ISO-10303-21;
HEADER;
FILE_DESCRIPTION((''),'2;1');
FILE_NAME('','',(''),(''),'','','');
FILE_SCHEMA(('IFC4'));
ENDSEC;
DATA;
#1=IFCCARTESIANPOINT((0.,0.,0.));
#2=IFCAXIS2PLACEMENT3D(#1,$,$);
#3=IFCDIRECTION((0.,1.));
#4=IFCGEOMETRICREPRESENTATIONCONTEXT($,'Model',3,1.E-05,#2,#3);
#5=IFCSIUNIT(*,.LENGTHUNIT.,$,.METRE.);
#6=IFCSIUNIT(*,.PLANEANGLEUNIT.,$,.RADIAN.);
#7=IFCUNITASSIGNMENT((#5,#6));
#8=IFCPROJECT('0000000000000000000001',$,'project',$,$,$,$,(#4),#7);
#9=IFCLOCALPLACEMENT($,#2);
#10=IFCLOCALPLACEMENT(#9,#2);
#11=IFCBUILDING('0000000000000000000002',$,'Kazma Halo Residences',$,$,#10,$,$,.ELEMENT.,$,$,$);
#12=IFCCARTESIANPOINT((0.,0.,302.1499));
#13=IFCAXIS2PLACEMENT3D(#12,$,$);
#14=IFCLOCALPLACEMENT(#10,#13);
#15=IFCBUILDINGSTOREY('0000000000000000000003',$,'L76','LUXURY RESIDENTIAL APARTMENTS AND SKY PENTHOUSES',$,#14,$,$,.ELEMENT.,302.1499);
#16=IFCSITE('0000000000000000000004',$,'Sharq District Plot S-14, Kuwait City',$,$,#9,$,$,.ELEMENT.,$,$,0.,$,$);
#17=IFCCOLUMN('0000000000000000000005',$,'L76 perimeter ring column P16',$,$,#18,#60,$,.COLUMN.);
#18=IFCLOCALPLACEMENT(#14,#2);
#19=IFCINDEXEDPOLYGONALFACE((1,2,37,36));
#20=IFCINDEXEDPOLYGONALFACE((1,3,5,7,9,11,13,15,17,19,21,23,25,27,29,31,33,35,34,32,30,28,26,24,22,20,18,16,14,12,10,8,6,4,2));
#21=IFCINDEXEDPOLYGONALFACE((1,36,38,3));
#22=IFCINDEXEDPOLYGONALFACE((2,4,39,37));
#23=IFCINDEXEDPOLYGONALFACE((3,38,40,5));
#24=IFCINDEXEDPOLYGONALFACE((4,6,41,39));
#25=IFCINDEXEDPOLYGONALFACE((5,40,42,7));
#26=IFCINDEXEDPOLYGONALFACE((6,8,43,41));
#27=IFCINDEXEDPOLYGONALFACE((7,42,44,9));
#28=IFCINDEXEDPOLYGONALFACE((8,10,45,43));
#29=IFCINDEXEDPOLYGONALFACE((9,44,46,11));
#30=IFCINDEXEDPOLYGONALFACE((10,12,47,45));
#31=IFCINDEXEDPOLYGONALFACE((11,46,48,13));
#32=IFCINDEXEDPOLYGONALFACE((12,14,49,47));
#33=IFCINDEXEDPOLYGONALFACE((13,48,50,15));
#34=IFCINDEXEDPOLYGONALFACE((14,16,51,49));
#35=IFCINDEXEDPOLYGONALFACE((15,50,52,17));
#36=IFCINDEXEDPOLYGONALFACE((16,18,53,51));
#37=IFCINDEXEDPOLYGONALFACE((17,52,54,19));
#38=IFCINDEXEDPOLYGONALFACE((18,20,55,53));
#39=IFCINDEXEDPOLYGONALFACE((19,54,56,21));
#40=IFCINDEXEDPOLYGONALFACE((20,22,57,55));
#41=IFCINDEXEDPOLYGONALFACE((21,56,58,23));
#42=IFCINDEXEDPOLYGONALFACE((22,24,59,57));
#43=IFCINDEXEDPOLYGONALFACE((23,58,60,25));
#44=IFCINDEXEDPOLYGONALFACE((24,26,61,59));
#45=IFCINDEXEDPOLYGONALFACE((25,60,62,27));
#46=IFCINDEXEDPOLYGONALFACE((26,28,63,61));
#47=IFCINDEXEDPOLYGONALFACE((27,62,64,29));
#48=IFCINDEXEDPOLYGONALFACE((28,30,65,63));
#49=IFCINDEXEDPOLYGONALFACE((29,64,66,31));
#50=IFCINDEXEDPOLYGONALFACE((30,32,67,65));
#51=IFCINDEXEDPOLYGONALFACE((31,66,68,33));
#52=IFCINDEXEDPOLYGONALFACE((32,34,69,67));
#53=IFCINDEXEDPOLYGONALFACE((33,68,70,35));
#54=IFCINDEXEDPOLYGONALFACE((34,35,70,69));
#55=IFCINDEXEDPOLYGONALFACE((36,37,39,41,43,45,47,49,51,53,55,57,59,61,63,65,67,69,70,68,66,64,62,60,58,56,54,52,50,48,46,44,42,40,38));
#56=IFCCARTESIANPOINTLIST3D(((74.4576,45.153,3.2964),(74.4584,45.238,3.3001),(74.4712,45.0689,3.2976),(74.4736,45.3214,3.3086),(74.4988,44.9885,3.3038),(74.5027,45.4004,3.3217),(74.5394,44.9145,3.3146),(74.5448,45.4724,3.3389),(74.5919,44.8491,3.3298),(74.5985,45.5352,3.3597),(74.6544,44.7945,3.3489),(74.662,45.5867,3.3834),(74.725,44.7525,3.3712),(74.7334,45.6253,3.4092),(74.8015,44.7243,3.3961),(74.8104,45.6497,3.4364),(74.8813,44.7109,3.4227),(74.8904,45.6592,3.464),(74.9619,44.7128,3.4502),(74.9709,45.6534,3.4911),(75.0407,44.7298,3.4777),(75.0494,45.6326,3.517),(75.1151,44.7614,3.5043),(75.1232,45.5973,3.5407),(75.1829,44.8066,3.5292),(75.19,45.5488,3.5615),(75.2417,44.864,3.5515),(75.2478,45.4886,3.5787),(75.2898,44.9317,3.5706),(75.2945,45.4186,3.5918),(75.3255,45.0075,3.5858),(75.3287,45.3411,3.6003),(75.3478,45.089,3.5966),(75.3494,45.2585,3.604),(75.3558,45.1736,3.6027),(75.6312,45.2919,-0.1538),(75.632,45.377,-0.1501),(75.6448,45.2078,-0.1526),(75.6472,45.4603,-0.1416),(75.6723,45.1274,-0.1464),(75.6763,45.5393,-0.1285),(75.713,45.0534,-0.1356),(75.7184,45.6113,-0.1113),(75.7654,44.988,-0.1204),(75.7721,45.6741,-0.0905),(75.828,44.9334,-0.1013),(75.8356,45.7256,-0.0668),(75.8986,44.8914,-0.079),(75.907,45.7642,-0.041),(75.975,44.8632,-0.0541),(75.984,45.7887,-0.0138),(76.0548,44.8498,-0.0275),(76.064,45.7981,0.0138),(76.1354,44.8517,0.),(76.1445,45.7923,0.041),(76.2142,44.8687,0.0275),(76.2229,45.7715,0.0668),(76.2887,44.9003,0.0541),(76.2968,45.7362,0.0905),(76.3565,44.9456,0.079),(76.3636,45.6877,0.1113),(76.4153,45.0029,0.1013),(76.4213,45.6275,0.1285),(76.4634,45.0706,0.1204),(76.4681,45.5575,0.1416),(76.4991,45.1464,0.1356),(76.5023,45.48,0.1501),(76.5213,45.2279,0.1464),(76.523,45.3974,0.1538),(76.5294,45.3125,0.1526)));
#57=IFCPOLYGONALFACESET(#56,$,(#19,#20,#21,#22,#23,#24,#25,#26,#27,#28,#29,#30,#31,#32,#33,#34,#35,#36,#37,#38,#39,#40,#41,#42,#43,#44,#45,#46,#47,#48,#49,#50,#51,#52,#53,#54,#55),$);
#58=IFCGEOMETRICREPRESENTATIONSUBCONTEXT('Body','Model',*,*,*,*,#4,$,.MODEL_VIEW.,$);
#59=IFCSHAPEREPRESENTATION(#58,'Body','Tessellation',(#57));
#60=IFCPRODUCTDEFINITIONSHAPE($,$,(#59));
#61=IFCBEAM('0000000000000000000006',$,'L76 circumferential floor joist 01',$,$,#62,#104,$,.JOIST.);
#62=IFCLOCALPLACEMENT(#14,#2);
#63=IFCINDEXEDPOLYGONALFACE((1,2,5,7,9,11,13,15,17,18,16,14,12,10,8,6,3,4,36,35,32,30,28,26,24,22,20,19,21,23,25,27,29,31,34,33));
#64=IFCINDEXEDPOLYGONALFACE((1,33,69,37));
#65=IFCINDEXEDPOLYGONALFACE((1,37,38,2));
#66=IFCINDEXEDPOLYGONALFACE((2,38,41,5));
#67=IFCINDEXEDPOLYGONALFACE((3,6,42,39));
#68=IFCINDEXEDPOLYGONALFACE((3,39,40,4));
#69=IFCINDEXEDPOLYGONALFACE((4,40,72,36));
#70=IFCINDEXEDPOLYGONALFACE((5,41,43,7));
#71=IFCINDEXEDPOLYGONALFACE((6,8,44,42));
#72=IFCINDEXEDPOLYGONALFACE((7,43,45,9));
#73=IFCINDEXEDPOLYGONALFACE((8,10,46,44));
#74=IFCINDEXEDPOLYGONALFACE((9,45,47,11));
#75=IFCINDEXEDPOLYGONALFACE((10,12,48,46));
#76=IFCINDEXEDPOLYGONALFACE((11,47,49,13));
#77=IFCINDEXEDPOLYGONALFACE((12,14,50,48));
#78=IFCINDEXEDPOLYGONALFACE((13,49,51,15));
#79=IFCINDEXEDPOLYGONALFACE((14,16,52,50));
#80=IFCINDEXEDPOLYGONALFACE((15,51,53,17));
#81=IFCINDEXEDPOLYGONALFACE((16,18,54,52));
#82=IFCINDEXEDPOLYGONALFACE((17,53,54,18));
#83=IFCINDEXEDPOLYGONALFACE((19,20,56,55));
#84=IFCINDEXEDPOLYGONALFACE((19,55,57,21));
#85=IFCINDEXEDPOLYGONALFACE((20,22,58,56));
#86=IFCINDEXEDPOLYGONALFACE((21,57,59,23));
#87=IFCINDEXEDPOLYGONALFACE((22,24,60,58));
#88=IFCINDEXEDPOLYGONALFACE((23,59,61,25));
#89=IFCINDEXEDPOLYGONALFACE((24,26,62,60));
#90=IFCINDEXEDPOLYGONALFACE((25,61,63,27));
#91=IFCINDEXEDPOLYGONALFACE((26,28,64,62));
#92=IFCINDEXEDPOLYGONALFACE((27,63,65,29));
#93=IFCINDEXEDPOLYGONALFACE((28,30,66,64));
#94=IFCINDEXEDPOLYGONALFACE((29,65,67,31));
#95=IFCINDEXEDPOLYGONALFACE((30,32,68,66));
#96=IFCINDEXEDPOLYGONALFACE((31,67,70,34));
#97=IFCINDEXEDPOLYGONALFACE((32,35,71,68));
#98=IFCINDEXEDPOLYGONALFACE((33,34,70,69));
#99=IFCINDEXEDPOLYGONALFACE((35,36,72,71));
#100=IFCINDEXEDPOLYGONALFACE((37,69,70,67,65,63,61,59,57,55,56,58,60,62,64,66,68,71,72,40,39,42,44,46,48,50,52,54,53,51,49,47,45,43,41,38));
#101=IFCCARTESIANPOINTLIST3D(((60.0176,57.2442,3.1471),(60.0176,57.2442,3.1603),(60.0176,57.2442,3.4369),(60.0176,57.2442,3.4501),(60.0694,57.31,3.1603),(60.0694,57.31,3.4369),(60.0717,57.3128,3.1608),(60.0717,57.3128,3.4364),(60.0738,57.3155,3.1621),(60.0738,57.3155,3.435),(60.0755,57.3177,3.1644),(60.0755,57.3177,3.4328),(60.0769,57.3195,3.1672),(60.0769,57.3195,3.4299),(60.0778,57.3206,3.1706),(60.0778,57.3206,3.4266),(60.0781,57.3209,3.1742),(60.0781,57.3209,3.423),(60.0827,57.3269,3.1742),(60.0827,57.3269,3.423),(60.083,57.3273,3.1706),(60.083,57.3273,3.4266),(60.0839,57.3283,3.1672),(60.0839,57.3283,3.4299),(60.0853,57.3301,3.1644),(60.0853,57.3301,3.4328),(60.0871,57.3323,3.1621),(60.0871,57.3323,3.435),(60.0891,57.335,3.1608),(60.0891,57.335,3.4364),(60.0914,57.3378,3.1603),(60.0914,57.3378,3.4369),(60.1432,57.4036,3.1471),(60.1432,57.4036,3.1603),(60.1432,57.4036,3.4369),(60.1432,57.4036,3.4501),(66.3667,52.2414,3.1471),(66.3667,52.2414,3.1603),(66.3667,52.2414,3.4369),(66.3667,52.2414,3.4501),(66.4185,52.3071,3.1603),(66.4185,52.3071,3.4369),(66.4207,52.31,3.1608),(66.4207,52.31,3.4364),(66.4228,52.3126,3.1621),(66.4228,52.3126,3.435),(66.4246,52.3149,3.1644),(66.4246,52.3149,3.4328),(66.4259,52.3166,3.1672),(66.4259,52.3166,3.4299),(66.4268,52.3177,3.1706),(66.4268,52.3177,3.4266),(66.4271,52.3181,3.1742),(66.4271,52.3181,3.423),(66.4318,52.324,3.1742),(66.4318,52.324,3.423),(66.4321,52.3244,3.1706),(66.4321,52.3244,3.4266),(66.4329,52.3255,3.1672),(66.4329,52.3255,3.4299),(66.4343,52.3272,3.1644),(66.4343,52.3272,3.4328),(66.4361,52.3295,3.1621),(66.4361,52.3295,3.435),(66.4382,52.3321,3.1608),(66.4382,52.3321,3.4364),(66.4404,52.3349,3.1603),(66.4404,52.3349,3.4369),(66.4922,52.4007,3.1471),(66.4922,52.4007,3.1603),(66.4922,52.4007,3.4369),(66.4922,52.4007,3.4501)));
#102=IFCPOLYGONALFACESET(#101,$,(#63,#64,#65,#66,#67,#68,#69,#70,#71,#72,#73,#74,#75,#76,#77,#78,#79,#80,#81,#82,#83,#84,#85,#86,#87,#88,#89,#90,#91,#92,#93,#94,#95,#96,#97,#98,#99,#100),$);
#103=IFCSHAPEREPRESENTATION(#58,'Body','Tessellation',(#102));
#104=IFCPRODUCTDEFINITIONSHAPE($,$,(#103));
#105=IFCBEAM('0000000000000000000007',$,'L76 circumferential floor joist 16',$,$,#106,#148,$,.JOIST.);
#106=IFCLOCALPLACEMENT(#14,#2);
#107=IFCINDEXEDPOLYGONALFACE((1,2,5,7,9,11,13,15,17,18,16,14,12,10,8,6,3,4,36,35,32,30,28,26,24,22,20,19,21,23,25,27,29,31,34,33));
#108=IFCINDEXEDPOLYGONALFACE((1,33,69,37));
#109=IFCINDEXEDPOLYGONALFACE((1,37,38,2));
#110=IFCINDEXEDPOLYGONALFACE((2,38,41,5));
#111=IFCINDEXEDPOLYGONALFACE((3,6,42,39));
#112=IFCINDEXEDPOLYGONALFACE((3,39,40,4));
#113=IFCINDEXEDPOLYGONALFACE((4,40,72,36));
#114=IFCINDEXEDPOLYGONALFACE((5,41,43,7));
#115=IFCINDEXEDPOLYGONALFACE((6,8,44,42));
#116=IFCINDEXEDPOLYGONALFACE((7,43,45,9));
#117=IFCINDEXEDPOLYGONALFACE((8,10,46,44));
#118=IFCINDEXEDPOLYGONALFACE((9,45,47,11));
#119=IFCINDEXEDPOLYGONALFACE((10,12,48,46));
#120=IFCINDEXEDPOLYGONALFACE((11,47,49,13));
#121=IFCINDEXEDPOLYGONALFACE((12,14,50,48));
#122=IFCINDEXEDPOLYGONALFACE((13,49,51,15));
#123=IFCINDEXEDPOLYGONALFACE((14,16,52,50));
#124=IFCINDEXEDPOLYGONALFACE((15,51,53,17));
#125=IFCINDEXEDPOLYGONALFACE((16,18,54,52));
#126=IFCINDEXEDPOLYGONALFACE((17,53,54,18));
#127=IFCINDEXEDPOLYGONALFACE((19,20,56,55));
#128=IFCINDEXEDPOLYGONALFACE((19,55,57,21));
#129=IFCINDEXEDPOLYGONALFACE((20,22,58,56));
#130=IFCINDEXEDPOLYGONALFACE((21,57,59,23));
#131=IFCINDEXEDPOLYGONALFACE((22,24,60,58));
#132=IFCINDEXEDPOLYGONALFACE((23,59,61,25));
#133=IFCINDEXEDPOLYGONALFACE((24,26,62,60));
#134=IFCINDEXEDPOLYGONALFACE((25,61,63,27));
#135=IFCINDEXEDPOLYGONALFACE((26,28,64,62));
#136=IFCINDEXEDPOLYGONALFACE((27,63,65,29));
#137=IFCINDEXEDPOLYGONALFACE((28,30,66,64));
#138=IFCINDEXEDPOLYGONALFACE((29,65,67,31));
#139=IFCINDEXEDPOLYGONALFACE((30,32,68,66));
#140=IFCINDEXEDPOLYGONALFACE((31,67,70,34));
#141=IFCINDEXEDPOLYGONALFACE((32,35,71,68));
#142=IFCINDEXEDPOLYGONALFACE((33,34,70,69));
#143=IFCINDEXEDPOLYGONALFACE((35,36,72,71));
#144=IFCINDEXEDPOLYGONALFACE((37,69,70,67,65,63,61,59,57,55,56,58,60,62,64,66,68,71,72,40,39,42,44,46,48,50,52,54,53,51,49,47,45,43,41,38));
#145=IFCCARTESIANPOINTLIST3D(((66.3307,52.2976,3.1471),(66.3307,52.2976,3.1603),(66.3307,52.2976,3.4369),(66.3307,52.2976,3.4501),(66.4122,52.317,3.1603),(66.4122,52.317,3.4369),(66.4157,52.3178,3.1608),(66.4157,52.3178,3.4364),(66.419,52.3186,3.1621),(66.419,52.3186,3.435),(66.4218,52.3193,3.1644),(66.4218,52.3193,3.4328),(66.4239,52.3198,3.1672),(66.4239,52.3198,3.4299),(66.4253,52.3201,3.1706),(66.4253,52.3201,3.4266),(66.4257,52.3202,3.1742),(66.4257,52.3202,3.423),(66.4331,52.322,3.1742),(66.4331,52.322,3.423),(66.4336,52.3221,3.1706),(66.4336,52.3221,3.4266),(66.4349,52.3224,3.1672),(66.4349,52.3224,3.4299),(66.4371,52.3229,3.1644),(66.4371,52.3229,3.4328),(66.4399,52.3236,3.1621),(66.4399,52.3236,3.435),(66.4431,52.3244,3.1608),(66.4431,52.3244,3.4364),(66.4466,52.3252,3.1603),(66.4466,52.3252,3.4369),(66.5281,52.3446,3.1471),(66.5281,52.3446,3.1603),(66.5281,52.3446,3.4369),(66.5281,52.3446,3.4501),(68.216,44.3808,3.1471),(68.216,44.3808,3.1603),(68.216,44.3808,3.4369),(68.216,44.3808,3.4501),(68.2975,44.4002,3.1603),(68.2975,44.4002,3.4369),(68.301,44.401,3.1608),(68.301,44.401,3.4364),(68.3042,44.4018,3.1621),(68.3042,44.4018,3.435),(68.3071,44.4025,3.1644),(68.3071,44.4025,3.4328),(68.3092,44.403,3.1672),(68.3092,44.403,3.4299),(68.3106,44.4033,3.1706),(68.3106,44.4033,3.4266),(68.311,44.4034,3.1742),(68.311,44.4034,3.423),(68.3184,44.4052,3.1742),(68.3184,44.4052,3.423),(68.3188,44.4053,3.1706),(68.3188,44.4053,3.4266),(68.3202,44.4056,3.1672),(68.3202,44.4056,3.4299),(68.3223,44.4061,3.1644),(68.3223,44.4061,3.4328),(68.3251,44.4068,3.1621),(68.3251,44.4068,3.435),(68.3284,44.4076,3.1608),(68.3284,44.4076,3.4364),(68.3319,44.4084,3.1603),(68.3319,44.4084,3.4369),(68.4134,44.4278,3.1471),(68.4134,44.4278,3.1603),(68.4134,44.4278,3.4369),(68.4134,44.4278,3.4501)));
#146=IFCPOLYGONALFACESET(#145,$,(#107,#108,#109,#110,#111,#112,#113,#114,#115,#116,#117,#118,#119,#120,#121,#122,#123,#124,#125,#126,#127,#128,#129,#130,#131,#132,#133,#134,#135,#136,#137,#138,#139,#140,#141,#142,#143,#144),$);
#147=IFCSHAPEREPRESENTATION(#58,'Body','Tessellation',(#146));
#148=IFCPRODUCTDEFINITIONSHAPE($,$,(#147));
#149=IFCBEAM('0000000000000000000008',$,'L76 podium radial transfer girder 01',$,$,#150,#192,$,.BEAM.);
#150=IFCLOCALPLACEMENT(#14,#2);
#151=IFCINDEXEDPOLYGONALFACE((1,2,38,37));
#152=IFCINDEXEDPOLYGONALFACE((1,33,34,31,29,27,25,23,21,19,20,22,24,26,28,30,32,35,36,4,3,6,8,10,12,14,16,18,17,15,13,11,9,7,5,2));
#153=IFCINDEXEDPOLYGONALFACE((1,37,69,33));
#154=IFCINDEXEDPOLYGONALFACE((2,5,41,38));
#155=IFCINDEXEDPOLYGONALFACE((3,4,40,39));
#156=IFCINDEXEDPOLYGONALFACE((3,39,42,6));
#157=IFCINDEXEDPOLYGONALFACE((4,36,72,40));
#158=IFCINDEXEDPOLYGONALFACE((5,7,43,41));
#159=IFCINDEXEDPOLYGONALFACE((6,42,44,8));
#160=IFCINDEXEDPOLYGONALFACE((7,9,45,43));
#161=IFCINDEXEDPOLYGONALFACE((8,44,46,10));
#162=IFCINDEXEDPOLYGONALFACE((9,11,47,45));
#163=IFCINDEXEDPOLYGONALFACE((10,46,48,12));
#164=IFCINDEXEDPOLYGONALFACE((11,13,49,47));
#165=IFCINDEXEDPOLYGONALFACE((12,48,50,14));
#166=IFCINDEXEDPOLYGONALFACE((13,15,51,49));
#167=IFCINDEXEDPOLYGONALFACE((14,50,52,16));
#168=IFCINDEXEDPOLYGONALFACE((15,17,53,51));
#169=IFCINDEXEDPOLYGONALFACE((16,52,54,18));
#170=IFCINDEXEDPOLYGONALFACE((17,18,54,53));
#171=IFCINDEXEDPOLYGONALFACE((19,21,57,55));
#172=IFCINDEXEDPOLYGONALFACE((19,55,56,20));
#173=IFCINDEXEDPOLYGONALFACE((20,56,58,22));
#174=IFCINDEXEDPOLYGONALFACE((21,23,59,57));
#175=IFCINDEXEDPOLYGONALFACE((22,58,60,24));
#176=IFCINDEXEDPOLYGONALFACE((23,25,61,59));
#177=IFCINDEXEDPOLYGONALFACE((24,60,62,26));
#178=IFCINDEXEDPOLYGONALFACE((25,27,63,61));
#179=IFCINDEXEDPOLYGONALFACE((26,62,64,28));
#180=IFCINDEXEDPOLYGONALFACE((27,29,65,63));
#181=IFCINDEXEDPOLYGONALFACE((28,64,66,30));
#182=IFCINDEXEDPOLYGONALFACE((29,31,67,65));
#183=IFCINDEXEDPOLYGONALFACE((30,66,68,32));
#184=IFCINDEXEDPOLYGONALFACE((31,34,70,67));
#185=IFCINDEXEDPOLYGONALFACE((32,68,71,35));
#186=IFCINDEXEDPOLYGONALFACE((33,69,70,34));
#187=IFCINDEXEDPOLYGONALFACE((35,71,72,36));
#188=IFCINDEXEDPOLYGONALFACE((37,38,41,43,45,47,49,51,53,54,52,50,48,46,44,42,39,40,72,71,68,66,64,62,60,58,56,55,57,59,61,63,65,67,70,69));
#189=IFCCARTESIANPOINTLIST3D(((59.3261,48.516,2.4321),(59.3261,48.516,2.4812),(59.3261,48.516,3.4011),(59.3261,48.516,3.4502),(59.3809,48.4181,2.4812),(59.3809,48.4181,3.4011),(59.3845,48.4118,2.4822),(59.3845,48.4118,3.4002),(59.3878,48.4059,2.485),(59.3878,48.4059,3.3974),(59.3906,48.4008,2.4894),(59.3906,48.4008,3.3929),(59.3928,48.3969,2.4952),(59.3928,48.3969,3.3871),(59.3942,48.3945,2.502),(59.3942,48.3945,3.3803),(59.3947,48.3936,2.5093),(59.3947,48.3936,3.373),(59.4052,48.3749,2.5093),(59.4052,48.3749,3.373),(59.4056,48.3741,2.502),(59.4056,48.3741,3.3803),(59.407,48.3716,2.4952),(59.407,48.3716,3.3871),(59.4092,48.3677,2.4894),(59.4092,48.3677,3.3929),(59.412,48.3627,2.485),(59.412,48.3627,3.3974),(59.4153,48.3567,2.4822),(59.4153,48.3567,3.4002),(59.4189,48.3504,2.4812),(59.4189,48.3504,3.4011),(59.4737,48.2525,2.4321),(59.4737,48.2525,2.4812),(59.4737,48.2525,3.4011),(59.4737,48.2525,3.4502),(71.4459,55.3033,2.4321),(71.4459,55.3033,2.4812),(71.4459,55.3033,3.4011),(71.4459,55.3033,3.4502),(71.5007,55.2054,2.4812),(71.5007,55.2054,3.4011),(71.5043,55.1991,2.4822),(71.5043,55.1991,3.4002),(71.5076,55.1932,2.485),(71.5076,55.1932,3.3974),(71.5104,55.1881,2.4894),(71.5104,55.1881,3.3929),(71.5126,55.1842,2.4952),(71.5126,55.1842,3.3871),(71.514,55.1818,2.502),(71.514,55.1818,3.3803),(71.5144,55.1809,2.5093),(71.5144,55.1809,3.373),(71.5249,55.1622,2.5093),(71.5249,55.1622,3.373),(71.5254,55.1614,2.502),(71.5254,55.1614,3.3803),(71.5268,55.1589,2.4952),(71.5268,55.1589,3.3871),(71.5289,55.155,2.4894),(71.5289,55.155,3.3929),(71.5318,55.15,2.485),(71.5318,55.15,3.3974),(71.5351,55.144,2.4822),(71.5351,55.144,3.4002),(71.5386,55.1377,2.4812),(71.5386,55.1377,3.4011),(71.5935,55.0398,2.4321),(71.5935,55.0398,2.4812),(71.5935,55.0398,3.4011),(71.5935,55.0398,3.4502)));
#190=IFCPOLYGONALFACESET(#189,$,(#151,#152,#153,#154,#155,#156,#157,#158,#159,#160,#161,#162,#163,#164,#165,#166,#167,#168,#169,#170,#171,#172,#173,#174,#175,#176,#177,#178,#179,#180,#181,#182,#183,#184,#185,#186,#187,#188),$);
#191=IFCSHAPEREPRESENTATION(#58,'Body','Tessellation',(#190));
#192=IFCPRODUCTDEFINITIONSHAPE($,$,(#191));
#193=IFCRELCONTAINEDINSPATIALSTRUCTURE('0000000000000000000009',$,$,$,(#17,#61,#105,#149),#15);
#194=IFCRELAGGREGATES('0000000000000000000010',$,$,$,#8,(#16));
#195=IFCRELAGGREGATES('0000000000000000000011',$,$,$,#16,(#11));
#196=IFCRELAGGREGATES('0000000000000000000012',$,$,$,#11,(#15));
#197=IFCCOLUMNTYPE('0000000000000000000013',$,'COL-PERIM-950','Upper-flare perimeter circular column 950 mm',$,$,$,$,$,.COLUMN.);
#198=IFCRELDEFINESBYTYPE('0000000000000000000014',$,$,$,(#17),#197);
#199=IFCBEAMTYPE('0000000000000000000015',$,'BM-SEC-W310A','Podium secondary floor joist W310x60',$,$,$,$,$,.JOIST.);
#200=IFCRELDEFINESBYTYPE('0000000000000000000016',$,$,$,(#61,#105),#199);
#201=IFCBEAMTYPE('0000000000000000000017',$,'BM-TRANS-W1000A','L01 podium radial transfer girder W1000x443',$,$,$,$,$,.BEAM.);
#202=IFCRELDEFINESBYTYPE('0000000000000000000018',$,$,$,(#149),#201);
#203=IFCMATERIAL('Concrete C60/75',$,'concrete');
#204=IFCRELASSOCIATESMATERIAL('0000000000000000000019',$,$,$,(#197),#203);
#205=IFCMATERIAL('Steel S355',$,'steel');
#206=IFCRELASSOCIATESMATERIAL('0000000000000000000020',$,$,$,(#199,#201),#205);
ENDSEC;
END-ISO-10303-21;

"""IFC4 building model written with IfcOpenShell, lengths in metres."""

from ifc_helpers import new_model, si_unit, direction, frame, origin, origin_2d, place, context, subcontext, project, spatial, circle, i_section, extrude, material, material_profile, profile_set, type_object, element, save


model = new_model("IFC4")

# Units and contexts
model_context = context("Model", 3, precision=1e-05, world=origin(), true_north=direction((0.0, 1.0)))
body_context = subcontext(model_context, "Body", "Model", "MODEL_VIEW")
ifc_project = project(units=[si_unit("LENGTHUNIT", "METRE"), si_unit("PLANEANGLEUNIT", "RADIAN")], contexts=[model_context])

# Site, building, storey
site_placement = place(None, origin())
site = spatial("IfcSite", under=ifc_project, at=site_placement, Name="Sharq District Plot S-14, Kuwait City", CompositionType="ELEMENT", RefElevation=0.0)
building_placement = place(site_placement, origin())
building = spatial("IfcBuilding", under=site, at=building_placement, Name="Kazma Halo Residences", CompositionType="ELEMENT")
storey_placement = place(building_placement, frame((0.0, 0.0, 302.1499)))
storey = spatial("IfcBuildingStorey", under=building, at=storey_placement, Name="L76", Description="LUXURY RESIDENTIAL APARTMENTS AND SKY PENTHOUSES", CompositionType="ELEMENT", Elevation=302.1499)

# Column
ifc_material_1 = material(Name="Concrete C60/75", Category="concrete")
ifc_material_profile_1 = material_profile(ifc_material_1, circle(Radius=0.4751, at=origin_2d()), Name="CIRC950")
ifc_profile_set_1 = profile_set([ifc_material_profile_1], Name="Concrete C60/75")
column_type = type_object("IfcColumnType", Name="COL-PERIM-950", Description="Upper-flare perimeter circular column 950 mm", PredefinedType="COLUMN", material=ifc_profile_set_1)
column_placement = place(storey_placement, frame((76.0796, 45.3235, 0.0), z_axis=(-0.321796, -0.038091, 0.946042), x_axis=(0.117548, -0.993067, 0.0)))
element("IfcColumn", 1, at=column_placement, inside=storey, type_object=column_type, Name="L76 perimeter ring column P16", PredefinedType="COLUMN", context=body_context, shape_type="SweptSolid", body=[
    extrude(circle(Radius=0.4751, at=origin_2d()), origin(), (0.0, 0.0, 1.0), 3.647),
])

# Beams
ifc_material_2 = material(Name="Steel S355", Category="steel")
ifc_material_profile_2 = material_profile(ifc_material_2, i_section(OverallWidth=0.2029, OverallDepth=0.303, WebThickness=0.0076, FlangeThickness=0.0132, FilletRadius=0.0139, at=origin_2d()), Name="W310x60")
ifc_profile_set_2 = profile_set([ifc_material_profile_2], Name="Steel S355")
beam_type_1 = type_object("IfcBeamType", Name="BM-SEC-W310A", Description="Podium secondary floor joist W310x60", PredefinedType="JOIST", material=ifc_profile_set_2)
beam_1_placement = place(storey_placement, frame((66.4294, 52.321, 3.2986), z_axis=(-0.785456, 0.618917, 0.0), x_axis=(-0.618917, -0.785456, 0.0)))
element("IfcBeam", 2, at=beam_1_placement, inside=storey, type_object=beam_type_1, Name="L76 circumferential floor joist 01", PredefinedType="JOIST", context=body_context, shape_type="SweptSolid", body=[
    extrude(i_section(OverallWidth=0.2029, OverallDepth=0.303, WebThickness=0.0076, FlangeThickness=0.0132, FilletRadius=0.0139, at=origin_2d()), origin(), (0.0, 0.0, 1.0), 8.0833),
])
beam_2_placement = place(storey_placement, frame((68.3147, 44.4043, 3.2986), z_axis=(-0.231657, 0.972798, 0.0), x_axis=(-0.972798, -0.231657, 0.0)))
element("IfcBeam", 3, at=beam_2_placement, inside=storey, type_object=beam_type_1, Name="L76 circumferential floor joist 16", PredefinedType="JOIST", context=body_context, shape_type="SweptSolid", body=[
    extrude(i_section(OverallWidth=0.2029, OverallDepth=0.303, WebThickness=0.0076, FlangeThickness=0.0132, FilletRadius=0.0139, at=origin_2d()), origin(), (0.0, 0.0, 1.0), 8.1382),
])
ifc_material_profile_3 = material_profile(ifc_material_2, i_section(OverallWidth=0.302, OverallDepth=1.0181, WebThickness=0.0215, FlangeThickness=0.0491, FilletRadius=0.0281, at=origin_2d()), Name="W1000x443")
ifc_profile_set_3 = profile_set([ifc_material_profile_3], Name="Steel S355")
beam_type_2 = type_object("IfcBeamType", Name="BM-TRANS-W1000A", Description="L01 podium radial transfer girder W1000x443", PredefinedType="BEAM", material=ifc_profile_set_3)
beam_3_placement = place(storey_placement, frame((59.3999, 48.3843, 2.9412), z_axis=(0.872499, 0.488616, 0.0), x_axis=(-0.488616, 0.872499, 0.0)))
element("IfcBeam", 4, at=beam_3_placement, inside=storey, type_object=beam_type_2, Name="L76 podium radial transfer girder 01", PredefinedType="BEAM", context=body_context, shape_type="SweptSolid", body=[
    extrude(i_section(OverallWidth=0.302, OverallDepth=1.0181, WebThickness=0.0215, FlangeThickness=0.0491, FilletRadius=0.0281, at=origin_2d()), origin(), (0.0, 0.0, 1.0), 13.8909),
])

save(model, "model.ifc")
